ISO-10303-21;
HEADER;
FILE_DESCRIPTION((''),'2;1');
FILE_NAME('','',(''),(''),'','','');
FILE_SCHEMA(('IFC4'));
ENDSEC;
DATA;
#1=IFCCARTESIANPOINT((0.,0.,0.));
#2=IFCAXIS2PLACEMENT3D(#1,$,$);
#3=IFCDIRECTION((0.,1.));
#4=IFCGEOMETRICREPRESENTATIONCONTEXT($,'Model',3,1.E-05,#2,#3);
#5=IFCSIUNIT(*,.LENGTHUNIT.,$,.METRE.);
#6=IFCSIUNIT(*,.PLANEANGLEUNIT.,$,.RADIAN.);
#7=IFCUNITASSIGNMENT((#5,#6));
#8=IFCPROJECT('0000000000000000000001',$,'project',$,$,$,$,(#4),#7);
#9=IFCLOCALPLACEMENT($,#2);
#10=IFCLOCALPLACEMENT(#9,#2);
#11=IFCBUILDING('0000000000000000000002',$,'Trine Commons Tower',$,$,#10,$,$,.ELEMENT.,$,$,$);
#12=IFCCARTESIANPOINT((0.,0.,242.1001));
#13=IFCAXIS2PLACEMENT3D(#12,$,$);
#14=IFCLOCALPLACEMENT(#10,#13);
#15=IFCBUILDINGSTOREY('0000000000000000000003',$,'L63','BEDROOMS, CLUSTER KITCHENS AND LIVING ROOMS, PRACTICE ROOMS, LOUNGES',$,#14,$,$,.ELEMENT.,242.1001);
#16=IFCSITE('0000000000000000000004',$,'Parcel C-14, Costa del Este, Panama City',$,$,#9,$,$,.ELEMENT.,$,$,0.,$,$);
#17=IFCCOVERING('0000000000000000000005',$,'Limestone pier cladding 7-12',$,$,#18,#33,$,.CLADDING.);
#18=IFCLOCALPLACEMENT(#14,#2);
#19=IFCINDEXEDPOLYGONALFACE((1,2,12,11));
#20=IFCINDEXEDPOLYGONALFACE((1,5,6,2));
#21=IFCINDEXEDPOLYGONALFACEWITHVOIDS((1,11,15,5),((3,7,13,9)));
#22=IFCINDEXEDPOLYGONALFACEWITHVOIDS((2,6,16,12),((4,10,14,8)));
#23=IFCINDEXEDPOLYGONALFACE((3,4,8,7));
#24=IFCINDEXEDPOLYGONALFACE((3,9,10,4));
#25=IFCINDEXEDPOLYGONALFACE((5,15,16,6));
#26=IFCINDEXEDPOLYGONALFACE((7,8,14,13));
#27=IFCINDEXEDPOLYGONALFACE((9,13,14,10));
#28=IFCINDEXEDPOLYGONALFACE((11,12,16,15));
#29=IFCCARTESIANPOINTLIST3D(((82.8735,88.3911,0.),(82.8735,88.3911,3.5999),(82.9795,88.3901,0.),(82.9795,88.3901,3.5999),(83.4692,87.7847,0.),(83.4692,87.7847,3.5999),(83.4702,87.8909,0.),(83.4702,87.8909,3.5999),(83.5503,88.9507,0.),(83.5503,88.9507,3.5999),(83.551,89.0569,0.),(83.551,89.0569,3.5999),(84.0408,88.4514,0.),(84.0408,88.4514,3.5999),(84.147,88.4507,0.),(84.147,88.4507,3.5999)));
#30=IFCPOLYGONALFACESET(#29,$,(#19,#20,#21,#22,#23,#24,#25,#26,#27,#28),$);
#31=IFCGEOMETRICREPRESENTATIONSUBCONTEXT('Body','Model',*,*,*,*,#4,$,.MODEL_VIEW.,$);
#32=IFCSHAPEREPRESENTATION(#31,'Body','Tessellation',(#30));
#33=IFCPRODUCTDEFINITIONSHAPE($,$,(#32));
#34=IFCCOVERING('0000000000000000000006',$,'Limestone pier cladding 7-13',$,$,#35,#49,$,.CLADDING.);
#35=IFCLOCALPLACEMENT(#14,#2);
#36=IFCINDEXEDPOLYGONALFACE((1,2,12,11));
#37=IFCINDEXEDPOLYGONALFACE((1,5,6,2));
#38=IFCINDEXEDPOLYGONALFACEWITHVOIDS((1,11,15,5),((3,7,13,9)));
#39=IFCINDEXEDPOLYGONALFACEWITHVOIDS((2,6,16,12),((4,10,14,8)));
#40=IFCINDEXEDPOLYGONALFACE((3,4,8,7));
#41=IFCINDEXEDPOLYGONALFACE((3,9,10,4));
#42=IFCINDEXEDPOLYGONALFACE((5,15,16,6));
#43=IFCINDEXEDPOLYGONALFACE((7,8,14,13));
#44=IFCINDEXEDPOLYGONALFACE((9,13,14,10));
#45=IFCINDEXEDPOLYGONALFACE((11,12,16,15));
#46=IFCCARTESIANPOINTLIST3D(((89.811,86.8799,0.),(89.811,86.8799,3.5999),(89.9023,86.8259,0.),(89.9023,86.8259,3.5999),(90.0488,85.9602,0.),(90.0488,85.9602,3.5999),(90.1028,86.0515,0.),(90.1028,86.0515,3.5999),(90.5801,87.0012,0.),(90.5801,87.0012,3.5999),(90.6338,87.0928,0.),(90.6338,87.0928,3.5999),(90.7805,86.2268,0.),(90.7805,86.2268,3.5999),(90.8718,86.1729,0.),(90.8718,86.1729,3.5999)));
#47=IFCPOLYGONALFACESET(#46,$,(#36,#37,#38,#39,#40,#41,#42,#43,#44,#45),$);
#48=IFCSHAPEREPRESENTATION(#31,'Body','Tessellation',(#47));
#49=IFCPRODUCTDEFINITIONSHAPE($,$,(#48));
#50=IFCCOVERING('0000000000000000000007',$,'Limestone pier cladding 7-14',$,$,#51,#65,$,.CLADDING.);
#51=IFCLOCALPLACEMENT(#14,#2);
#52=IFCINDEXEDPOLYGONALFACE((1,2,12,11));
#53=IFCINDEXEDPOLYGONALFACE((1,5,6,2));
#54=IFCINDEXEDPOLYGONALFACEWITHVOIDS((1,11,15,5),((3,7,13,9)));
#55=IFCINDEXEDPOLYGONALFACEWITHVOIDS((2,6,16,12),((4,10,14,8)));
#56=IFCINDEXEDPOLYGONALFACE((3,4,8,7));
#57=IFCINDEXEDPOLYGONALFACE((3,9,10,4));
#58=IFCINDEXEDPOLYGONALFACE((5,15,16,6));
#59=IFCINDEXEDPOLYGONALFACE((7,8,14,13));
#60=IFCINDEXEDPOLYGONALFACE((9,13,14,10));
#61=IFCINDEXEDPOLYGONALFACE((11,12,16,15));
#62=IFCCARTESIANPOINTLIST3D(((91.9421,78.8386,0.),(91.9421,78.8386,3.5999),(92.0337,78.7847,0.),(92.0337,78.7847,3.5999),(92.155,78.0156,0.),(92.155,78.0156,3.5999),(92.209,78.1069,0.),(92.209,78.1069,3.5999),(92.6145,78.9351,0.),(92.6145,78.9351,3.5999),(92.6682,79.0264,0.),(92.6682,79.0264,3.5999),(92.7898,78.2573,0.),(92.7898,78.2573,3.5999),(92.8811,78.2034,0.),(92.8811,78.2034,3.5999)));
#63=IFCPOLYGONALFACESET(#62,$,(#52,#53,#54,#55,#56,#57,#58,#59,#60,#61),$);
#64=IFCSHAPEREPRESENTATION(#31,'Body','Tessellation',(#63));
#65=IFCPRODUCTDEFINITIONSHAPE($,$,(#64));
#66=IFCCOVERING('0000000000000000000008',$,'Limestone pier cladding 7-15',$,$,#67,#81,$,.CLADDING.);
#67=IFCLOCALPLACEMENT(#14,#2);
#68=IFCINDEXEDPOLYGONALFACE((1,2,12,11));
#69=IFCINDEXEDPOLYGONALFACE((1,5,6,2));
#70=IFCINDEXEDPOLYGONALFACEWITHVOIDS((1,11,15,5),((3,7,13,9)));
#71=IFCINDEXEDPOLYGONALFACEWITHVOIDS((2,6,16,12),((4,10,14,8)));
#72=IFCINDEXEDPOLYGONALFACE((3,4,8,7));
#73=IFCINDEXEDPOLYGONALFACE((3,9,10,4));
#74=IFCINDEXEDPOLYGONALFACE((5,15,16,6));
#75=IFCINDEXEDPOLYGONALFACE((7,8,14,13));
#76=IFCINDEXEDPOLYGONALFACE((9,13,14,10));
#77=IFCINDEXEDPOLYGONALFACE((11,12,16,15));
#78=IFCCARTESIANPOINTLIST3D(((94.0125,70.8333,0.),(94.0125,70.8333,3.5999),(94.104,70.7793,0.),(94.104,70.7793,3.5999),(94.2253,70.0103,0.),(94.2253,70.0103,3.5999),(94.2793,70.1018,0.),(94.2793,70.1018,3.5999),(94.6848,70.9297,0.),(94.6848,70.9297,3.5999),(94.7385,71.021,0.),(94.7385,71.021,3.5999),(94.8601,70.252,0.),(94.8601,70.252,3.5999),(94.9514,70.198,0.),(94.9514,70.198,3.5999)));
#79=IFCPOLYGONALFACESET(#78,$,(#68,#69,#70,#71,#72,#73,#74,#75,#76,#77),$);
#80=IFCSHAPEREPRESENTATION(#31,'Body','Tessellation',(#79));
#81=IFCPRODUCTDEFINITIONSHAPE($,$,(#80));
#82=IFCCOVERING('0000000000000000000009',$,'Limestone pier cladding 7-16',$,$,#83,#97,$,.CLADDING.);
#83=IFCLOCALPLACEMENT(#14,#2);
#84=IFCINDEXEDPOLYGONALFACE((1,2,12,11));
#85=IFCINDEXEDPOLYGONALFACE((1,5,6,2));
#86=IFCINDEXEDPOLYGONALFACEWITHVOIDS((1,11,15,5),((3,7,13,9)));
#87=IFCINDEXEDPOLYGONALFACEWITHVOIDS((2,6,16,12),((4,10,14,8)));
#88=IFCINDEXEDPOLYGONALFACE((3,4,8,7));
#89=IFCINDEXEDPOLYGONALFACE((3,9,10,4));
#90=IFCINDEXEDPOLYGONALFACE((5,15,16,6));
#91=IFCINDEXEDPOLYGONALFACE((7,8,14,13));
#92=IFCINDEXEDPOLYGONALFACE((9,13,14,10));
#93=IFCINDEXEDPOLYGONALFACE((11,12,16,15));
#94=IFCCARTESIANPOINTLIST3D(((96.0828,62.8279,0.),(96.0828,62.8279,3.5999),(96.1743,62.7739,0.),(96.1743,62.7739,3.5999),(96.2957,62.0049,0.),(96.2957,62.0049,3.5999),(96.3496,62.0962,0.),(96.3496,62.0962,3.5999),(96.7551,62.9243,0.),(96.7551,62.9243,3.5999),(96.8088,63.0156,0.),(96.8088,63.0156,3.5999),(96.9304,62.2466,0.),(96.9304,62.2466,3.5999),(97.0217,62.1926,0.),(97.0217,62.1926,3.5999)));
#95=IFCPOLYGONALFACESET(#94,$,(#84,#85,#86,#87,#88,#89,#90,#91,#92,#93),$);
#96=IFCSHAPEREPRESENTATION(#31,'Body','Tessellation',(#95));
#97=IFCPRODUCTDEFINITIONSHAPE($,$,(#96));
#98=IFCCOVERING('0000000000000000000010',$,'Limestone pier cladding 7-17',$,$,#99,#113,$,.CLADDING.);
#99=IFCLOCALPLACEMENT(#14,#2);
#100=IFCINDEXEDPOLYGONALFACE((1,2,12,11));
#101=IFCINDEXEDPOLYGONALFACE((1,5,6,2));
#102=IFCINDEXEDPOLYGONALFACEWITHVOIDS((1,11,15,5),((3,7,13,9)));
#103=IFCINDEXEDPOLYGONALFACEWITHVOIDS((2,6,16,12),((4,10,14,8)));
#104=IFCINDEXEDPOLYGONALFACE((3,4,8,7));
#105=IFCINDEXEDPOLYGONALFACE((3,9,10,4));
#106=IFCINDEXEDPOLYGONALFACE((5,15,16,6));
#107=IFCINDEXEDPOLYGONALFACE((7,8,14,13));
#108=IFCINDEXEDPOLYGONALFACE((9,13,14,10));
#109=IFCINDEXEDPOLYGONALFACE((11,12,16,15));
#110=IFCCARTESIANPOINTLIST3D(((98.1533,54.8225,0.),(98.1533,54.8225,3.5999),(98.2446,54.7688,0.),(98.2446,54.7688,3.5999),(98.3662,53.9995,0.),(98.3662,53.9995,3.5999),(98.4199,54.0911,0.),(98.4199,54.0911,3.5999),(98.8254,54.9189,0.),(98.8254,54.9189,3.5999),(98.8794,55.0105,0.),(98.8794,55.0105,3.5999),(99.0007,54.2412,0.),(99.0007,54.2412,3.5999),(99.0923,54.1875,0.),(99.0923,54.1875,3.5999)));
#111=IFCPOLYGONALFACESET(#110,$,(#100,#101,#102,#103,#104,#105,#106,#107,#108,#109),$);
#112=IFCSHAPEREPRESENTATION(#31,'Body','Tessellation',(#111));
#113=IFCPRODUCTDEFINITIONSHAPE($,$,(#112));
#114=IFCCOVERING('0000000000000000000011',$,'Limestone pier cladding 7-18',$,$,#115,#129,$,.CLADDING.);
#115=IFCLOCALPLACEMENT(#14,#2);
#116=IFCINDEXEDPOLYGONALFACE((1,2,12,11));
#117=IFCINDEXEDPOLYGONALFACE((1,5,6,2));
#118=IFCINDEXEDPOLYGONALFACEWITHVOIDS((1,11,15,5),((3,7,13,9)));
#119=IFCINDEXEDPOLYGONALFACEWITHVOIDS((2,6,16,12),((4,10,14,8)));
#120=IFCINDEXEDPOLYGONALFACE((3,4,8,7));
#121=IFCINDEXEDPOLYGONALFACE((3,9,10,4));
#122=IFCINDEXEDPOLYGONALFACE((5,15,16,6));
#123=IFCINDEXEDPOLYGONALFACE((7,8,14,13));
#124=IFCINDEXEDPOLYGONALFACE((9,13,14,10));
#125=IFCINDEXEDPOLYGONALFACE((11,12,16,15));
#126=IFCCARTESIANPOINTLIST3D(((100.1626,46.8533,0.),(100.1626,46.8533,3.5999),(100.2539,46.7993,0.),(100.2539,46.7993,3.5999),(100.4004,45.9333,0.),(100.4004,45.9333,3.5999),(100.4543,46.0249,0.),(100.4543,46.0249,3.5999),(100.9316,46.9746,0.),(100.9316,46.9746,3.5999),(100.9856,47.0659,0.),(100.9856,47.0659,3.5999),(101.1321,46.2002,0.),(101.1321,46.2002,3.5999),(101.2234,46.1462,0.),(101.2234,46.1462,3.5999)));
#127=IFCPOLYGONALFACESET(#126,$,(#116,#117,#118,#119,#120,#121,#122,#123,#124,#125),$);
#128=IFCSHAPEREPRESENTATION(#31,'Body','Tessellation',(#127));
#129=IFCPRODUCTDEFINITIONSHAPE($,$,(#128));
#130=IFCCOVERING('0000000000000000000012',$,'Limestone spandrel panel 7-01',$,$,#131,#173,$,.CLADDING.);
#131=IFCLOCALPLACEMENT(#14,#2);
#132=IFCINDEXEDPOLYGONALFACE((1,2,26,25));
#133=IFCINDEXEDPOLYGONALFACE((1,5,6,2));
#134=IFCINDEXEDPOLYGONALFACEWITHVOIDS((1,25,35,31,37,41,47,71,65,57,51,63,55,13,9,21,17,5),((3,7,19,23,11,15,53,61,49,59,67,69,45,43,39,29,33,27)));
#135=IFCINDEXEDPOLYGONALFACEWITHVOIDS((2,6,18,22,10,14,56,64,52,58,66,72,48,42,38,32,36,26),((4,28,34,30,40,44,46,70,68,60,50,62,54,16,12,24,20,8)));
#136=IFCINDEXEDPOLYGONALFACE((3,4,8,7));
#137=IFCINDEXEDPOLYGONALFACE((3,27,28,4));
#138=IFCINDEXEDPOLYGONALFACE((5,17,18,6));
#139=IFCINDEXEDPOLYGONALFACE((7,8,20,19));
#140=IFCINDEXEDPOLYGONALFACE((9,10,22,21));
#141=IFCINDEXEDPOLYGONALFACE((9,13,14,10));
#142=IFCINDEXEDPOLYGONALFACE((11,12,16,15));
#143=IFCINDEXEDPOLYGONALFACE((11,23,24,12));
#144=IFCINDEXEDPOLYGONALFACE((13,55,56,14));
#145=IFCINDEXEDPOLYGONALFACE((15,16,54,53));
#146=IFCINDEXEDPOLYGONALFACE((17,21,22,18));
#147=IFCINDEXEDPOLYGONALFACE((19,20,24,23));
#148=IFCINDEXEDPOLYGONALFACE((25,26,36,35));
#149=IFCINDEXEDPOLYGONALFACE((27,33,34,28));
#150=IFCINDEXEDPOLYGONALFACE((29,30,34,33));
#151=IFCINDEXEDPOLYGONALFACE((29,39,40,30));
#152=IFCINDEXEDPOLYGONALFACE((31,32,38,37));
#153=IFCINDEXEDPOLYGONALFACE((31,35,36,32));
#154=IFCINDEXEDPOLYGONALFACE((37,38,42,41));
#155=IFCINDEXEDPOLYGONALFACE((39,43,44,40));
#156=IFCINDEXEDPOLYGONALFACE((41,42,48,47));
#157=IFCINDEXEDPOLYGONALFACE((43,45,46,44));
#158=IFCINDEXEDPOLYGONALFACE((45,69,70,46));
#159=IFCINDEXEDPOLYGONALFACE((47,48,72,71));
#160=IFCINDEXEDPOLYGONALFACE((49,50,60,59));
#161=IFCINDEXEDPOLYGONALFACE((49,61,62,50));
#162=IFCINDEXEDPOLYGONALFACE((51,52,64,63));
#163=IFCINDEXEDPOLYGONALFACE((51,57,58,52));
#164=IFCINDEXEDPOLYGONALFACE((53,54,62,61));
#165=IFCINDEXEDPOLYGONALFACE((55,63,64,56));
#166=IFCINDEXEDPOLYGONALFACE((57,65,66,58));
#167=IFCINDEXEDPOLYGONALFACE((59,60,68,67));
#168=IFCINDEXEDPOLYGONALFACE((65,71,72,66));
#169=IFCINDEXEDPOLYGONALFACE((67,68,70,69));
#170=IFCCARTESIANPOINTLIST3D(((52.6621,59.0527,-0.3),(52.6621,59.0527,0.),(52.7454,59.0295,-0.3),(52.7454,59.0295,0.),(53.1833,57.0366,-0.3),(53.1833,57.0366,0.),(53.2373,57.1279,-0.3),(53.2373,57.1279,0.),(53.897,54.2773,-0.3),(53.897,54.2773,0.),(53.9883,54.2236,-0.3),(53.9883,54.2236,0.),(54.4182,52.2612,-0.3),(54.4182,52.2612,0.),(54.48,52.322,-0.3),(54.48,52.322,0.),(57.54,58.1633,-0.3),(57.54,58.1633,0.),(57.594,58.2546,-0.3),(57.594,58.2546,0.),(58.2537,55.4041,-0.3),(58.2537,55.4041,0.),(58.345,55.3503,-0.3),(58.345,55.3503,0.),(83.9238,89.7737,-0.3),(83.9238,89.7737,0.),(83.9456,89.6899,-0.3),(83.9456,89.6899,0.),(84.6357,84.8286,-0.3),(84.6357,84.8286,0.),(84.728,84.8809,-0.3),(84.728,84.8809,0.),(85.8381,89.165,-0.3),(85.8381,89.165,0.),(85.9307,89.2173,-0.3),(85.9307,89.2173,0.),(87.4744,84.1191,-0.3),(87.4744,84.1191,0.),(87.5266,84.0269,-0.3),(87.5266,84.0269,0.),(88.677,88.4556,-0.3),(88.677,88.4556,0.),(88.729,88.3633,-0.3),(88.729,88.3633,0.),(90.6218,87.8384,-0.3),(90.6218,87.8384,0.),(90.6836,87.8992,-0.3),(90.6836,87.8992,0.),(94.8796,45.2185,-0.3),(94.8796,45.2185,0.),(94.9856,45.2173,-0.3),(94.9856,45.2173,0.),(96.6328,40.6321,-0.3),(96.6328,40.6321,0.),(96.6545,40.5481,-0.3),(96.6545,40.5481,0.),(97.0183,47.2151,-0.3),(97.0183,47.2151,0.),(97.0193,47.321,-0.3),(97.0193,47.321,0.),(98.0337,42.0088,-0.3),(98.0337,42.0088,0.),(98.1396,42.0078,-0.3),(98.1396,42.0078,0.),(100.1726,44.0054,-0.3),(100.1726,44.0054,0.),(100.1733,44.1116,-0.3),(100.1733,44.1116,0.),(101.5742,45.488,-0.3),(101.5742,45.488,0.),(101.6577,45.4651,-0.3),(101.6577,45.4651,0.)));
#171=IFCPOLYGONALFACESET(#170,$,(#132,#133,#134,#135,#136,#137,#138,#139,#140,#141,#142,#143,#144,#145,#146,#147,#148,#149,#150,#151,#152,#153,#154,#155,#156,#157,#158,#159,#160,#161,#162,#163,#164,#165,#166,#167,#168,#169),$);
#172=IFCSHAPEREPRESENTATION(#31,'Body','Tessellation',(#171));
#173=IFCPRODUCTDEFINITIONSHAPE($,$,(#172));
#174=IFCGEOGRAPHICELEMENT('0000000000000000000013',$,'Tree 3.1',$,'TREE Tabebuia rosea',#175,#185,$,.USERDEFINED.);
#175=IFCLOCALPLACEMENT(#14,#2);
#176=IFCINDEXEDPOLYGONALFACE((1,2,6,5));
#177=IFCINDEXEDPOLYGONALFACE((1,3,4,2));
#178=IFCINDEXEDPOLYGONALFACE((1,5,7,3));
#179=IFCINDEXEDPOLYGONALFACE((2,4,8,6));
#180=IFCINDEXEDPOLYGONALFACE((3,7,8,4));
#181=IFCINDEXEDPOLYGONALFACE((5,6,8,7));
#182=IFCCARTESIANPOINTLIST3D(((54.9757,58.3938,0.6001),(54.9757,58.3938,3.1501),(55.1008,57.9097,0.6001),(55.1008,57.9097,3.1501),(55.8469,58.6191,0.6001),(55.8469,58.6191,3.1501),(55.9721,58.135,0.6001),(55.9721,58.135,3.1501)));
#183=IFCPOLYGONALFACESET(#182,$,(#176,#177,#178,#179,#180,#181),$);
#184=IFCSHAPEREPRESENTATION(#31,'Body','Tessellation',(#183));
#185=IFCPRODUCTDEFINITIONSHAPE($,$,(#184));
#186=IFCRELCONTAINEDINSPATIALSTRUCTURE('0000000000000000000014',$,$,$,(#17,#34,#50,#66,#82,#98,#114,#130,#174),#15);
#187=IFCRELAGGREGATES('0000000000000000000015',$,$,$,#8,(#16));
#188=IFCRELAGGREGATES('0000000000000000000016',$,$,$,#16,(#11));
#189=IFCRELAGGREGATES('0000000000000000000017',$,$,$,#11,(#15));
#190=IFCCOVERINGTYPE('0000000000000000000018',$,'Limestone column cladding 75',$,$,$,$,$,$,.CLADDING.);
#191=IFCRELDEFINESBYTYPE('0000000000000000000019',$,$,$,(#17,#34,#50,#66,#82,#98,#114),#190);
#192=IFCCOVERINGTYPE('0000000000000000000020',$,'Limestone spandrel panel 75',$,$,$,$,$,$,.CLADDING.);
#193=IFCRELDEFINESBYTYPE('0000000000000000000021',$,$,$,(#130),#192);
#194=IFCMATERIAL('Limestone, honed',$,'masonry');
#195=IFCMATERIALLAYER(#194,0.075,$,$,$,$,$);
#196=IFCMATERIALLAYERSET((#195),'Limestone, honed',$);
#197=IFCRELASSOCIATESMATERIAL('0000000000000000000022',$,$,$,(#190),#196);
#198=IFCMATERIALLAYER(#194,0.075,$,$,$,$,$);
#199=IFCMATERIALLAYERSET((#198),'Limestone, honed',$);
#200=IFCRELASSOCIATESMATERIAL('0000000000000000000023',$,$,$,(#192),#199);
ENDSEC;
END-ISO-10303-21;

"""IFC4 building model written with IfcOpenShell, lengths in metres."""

from ifc_helpers import new_model, si_unit, direction, frame, origin, origin_2d, place, context, subcontext, project, spatial, polyline, rectangle, outline, extrude, material, layer, layer_set, type_object, element, save


model = new_model("IFC4")

# Units and contexts
model_context = context("Model", 3, precision=1e-05, world=origin(), true_north=direction((0.0, 1.0)))
body_context = subcontext(model_context, "Body", "Model", "MODEL_VIEW")
ifc_project = project(units=[si_unit("LENGTHUNIT", "METRE"), si_unit("PLANEANGLEUNIT", "RADIAN")], contexts=[model_context])

# Site, building, storey
site_placement = place(None, origin())
site = spatial("IfcSite", under=ifc_project, at=site_placement, Name="Parcel C-14, Costa del Este, Panama City", CompositionType="ELEMENT", RefElevation=0.0)
building_placement = place(site_placement, origin())
building = spatial("IfcBuilding", under=site, at=building_placement, Name="Trine Commons Tower", CompositionType="ELEMENT")
storey_placement = place(building_placement, frame((0.0, 0.0, 242.1001)))
storey = spatial("IfcBuildingStorey", under=building, at=storey_placement, Name="L63", Description="BEDROOMS, CLUSTER KITCHENS AND LIVING ROOMS, PRACTICE ROOMS, LOUNGES", CompositionType="ELEMENT", Elevation=242.1001)

# Coverings
ifc_material_1 = material(Name="Limestone, honed", Category="masonry")
ifc_layer_1 = layer(ifc_material_1, 0.075)
ifc_layer_set_1 = layer_set([ifc_layer_1], Name="Limestone, honed")
covering_type_1 = type_object("IfcCoveringType", Name="Limestone column cladding 75", PredefinedType="CLADDING", material=ifc_layer_set_1)
covering_1_placement = place(storey_placement, origin())
element("IfcCovering", 1, at=covering_1_placement, inside=storey, type_object=covering_type_1, Name="Limestone pier cladding 7-12", PredefinedType="CLADDING", context=body_context, shape_type="SweptSolid", body=[
    extrude(outline(polyline([(84.147, 88.4507), (83.551, 89.0569), (82.8735, 88.3911), (83.4692, 87.7847), (84.147, 88.4507)]), holes=[polyline([(84.0408, 88.4514), (83.5503, 88.9507), (82.9795, 88.3901), (83.4702, 87.8909), (84.0408, 88.4514)])]), origin(), (0.0, 0.0, 1.0), 3.5999),
])
covering_2_placement = place(storey_placement, origin())
element("IfcCovering", 2, at=covering_2_placement, inside=storey, type_object=covering_type_1, Name="Limestone pier cladding 7-13", PredefinedType="CLADDING", context=body_context, shape_type="SweptSolid", body=[
    extrude(outline(polyline([(90.6338, 87.0928), (89.811, 86.8799), (90.0488, 85.9602), (90.8718, 86.1729), (90.6338, 87.0928)]), holes=[polyline([(90.5801, 87.0012), (89.9023, 86.8259), (90.1028, 86.0515), (90.7805, 86.2268), (90.5801, 87.0012)])]), origin(), (0.0, 0.0, 1.0), 3.5999),
])
covering_3_placement = place(storey_placement, origin())
element("IfcCovering", 3, at=covering_3_placement, inside=storey, type_object=covering_type_1, Name="Limestone pier cladding 7-14", PredefinedType="CLADDING", context=body_context, shape_type="SweptSolid", body=[
    extrude(outline(polyline([(92.6682, 79.0264), (91.9421, 78.8386), (92.155, 78.0156), (92.8811, 78.2034), (92.6682, 79.0264)]), holes=[polyline([(92.6145, 78.9351), (92.0337, 78.7847), (92.209, 78.1069), (92.7898, 78.2573), (92.6145, 78.9351)])]), origin(), (0.0, 0.0, 1.0), 3.5999),
])
covering_4_placement = place(storey_placement, origin())
element("IfcCovering", 4, at=covering_4_placement, inside=storey, type_object=covering_type_1, Name="Limestone pier cladding 7-15", PredefinedType="CLADDING", context=body_context, shape_type="SweptSolid", body=[
    extrude(outline(polyline([(94.7385, 71.021), (94.0125, 70.8333), (94.2253, 70.0103), (94.9514, 70.198), (94.7385, 71.021)]), holes=[polyline([(94.6848, 70.9297), (94.104, 70.7793), (94.2793, 70.1018), (94.8601, 70.252), (94.6848, 70.9297)])]), origin(), (0.0, 0.0, 1.0), 3.5999),
])
covering_5_placement = place(storey_placement, origin())
element("IfcCovering", 5, at=covering_5_placement, inside=storey, type_object=covering_type_1, Name="Limestone pier cladding 7-16", PredefinedType="CLADDING", context=body_context, shape_type="SweptSolid", body=[
    extrude(outline(polyline([(96.8088, 63.0156), (96.0828, 62.8279), (96.2957, 62.0049), (97.0217, 62.1926), (96.8088, 63.0156)]), holes=[polyline([(96.7551, 62.9243), (96.1743, 62.7739), (96.3496, 62.0962), (96.9304, 62.2466), (96.7551, 62.9243)])]), origin(), (0.0, 0.0, 1.0), 3.5999),
])
covering_6_placement = place(storey_placement, origin())
element("IfcCovering", 6, at=covering_6_placement, inside=storey, type_object=covering_type_1, Name="Limestone pier cladding 7-17", PredefinedType="CLADDING", context=body_context, shape_type="SweptSolid", body=[
    extrude(outline(polyline([(98.8794, 55.0105), (98.1533, 54.8225), (98.3662, 53.9995), (99.0923, 54.1875), (98.8794, 55.0105)]), holes=[polyline([(98.8254, 54.9189), (98.2446, 54.7688), (98.4199, 54.0911), (99.0007, 54.2412), (98.8254, 54.9189)])]), origin(), (0.0, 0.0, 1.0), 3.5999),
])
covering_7_placement = place(storey_placement, origin())
element("IfcCovering", 7, at=covering_7_placement, inside=storey, type_object=covering_type_1, Name="Limestone pier cladding 7-18", PredefinedType="CLADDING", context=body_context, shape_type="SweptSolid", body=[
    extrude(outline(polyline([(100.9856, 47.0659), (100.1626, 46.8533), (100.4004, 45.9333), (101.2234, 46.1462), (100.9856, 47.0659)]), holes=[polyline([(100.9316, 46.9746), (100.2539, 46.7993), (100.4543, 46.0249), (101.1321, 46.2002), (100.9316, 46.9746)])]), origin(), (0.0, 0.0, 1.0), 3.5999),
])
ifc_layer_2 = layer(ifc_material_1, 0.075)
ifc_layer_set_2 = layer_set([ifc_layer_2], Name="Limestone, honed")
covering_type_2 = type_object("IfcCoveringType", Name="Limestone spandrel panel 75", PredefinedType="CLADDING", material=ifc_layer_set_2)
covering_8_placement = place(storey_placement, frame((0.0, 0.0, -0.3)))
element("IfcCovering", 8, at=covering_8_placement, inside=storey, type_object=covering_type_2, Name="Limestone spandrel panel 7-01", PredefinedType="CLADDING", context=body_context, shape_type="SweptSolid", body=[
    extrude(outline(polyline([(97.0183, 47.2151), (100.1726, 44.0054), (101.6577, 45.4651), (90.6836, 87.8992), (88.677, 88.4556), (87.4744, 84.1191), (84.728, 84.8809), (85.9307, 89.2173), (83.9238, 89.7737), (52.6621, 59.0527), (53.1833, 57.0366), (57.54, 58.1633), (58.2537, 55.4041), (53.897, 54.2773), (54.4182, 52.2612), (96.6545, 40.5481), (98.1396, 42.0078), (94.9856, 45.2173), (97.0183, 47.2151)]), holes=[polyline([(88.729, 88.3633), (90.6218, 87.8384), (101.5742, 45.488), (100.1733, 44.1116), (97.0193, 47.321), (94.8796, 45.2185), (98.0337, 42.0088), (96.6328, 40.6321), (54.48, 52.322), (53.9883, 54.2236), (58.345, 55.3503), (57.594, 58.2546), (53.2373, 57.1279), (52.7454, 59.0295), (83.9456, 89.6899), (85.8381, 89.165), (84.6357, 84.8286), (87.5266, 84.0269), (88.729, 88.3633)])]), origin(), (0.0, 0.0, 1.0), 0.3),
])

# Geographic element
geographic_element_placement = place(storey_placement, frame((55.4739, 58.2644, 0.6001), z_axis=(0.0, 0.0, 1.0), x_axis=(-0.968152, -0.250363, 0.0)))
element("IfcGeographicElement", 9, at=geographic_element_placement, inside=storey, Name="Tree 3.1", ObjectType="TREE Tabebuia rosea", PredefinedType="USERDEFINED", context=body_context, shape_type="SweptSolid", body=[
    extrude(rectangle(XDim=0.8999, YDim=0.5, at=origin_2d()), origin(), (0.0, 0.0, 1.0), 2.55),
])

save(model, "model.ifc")
